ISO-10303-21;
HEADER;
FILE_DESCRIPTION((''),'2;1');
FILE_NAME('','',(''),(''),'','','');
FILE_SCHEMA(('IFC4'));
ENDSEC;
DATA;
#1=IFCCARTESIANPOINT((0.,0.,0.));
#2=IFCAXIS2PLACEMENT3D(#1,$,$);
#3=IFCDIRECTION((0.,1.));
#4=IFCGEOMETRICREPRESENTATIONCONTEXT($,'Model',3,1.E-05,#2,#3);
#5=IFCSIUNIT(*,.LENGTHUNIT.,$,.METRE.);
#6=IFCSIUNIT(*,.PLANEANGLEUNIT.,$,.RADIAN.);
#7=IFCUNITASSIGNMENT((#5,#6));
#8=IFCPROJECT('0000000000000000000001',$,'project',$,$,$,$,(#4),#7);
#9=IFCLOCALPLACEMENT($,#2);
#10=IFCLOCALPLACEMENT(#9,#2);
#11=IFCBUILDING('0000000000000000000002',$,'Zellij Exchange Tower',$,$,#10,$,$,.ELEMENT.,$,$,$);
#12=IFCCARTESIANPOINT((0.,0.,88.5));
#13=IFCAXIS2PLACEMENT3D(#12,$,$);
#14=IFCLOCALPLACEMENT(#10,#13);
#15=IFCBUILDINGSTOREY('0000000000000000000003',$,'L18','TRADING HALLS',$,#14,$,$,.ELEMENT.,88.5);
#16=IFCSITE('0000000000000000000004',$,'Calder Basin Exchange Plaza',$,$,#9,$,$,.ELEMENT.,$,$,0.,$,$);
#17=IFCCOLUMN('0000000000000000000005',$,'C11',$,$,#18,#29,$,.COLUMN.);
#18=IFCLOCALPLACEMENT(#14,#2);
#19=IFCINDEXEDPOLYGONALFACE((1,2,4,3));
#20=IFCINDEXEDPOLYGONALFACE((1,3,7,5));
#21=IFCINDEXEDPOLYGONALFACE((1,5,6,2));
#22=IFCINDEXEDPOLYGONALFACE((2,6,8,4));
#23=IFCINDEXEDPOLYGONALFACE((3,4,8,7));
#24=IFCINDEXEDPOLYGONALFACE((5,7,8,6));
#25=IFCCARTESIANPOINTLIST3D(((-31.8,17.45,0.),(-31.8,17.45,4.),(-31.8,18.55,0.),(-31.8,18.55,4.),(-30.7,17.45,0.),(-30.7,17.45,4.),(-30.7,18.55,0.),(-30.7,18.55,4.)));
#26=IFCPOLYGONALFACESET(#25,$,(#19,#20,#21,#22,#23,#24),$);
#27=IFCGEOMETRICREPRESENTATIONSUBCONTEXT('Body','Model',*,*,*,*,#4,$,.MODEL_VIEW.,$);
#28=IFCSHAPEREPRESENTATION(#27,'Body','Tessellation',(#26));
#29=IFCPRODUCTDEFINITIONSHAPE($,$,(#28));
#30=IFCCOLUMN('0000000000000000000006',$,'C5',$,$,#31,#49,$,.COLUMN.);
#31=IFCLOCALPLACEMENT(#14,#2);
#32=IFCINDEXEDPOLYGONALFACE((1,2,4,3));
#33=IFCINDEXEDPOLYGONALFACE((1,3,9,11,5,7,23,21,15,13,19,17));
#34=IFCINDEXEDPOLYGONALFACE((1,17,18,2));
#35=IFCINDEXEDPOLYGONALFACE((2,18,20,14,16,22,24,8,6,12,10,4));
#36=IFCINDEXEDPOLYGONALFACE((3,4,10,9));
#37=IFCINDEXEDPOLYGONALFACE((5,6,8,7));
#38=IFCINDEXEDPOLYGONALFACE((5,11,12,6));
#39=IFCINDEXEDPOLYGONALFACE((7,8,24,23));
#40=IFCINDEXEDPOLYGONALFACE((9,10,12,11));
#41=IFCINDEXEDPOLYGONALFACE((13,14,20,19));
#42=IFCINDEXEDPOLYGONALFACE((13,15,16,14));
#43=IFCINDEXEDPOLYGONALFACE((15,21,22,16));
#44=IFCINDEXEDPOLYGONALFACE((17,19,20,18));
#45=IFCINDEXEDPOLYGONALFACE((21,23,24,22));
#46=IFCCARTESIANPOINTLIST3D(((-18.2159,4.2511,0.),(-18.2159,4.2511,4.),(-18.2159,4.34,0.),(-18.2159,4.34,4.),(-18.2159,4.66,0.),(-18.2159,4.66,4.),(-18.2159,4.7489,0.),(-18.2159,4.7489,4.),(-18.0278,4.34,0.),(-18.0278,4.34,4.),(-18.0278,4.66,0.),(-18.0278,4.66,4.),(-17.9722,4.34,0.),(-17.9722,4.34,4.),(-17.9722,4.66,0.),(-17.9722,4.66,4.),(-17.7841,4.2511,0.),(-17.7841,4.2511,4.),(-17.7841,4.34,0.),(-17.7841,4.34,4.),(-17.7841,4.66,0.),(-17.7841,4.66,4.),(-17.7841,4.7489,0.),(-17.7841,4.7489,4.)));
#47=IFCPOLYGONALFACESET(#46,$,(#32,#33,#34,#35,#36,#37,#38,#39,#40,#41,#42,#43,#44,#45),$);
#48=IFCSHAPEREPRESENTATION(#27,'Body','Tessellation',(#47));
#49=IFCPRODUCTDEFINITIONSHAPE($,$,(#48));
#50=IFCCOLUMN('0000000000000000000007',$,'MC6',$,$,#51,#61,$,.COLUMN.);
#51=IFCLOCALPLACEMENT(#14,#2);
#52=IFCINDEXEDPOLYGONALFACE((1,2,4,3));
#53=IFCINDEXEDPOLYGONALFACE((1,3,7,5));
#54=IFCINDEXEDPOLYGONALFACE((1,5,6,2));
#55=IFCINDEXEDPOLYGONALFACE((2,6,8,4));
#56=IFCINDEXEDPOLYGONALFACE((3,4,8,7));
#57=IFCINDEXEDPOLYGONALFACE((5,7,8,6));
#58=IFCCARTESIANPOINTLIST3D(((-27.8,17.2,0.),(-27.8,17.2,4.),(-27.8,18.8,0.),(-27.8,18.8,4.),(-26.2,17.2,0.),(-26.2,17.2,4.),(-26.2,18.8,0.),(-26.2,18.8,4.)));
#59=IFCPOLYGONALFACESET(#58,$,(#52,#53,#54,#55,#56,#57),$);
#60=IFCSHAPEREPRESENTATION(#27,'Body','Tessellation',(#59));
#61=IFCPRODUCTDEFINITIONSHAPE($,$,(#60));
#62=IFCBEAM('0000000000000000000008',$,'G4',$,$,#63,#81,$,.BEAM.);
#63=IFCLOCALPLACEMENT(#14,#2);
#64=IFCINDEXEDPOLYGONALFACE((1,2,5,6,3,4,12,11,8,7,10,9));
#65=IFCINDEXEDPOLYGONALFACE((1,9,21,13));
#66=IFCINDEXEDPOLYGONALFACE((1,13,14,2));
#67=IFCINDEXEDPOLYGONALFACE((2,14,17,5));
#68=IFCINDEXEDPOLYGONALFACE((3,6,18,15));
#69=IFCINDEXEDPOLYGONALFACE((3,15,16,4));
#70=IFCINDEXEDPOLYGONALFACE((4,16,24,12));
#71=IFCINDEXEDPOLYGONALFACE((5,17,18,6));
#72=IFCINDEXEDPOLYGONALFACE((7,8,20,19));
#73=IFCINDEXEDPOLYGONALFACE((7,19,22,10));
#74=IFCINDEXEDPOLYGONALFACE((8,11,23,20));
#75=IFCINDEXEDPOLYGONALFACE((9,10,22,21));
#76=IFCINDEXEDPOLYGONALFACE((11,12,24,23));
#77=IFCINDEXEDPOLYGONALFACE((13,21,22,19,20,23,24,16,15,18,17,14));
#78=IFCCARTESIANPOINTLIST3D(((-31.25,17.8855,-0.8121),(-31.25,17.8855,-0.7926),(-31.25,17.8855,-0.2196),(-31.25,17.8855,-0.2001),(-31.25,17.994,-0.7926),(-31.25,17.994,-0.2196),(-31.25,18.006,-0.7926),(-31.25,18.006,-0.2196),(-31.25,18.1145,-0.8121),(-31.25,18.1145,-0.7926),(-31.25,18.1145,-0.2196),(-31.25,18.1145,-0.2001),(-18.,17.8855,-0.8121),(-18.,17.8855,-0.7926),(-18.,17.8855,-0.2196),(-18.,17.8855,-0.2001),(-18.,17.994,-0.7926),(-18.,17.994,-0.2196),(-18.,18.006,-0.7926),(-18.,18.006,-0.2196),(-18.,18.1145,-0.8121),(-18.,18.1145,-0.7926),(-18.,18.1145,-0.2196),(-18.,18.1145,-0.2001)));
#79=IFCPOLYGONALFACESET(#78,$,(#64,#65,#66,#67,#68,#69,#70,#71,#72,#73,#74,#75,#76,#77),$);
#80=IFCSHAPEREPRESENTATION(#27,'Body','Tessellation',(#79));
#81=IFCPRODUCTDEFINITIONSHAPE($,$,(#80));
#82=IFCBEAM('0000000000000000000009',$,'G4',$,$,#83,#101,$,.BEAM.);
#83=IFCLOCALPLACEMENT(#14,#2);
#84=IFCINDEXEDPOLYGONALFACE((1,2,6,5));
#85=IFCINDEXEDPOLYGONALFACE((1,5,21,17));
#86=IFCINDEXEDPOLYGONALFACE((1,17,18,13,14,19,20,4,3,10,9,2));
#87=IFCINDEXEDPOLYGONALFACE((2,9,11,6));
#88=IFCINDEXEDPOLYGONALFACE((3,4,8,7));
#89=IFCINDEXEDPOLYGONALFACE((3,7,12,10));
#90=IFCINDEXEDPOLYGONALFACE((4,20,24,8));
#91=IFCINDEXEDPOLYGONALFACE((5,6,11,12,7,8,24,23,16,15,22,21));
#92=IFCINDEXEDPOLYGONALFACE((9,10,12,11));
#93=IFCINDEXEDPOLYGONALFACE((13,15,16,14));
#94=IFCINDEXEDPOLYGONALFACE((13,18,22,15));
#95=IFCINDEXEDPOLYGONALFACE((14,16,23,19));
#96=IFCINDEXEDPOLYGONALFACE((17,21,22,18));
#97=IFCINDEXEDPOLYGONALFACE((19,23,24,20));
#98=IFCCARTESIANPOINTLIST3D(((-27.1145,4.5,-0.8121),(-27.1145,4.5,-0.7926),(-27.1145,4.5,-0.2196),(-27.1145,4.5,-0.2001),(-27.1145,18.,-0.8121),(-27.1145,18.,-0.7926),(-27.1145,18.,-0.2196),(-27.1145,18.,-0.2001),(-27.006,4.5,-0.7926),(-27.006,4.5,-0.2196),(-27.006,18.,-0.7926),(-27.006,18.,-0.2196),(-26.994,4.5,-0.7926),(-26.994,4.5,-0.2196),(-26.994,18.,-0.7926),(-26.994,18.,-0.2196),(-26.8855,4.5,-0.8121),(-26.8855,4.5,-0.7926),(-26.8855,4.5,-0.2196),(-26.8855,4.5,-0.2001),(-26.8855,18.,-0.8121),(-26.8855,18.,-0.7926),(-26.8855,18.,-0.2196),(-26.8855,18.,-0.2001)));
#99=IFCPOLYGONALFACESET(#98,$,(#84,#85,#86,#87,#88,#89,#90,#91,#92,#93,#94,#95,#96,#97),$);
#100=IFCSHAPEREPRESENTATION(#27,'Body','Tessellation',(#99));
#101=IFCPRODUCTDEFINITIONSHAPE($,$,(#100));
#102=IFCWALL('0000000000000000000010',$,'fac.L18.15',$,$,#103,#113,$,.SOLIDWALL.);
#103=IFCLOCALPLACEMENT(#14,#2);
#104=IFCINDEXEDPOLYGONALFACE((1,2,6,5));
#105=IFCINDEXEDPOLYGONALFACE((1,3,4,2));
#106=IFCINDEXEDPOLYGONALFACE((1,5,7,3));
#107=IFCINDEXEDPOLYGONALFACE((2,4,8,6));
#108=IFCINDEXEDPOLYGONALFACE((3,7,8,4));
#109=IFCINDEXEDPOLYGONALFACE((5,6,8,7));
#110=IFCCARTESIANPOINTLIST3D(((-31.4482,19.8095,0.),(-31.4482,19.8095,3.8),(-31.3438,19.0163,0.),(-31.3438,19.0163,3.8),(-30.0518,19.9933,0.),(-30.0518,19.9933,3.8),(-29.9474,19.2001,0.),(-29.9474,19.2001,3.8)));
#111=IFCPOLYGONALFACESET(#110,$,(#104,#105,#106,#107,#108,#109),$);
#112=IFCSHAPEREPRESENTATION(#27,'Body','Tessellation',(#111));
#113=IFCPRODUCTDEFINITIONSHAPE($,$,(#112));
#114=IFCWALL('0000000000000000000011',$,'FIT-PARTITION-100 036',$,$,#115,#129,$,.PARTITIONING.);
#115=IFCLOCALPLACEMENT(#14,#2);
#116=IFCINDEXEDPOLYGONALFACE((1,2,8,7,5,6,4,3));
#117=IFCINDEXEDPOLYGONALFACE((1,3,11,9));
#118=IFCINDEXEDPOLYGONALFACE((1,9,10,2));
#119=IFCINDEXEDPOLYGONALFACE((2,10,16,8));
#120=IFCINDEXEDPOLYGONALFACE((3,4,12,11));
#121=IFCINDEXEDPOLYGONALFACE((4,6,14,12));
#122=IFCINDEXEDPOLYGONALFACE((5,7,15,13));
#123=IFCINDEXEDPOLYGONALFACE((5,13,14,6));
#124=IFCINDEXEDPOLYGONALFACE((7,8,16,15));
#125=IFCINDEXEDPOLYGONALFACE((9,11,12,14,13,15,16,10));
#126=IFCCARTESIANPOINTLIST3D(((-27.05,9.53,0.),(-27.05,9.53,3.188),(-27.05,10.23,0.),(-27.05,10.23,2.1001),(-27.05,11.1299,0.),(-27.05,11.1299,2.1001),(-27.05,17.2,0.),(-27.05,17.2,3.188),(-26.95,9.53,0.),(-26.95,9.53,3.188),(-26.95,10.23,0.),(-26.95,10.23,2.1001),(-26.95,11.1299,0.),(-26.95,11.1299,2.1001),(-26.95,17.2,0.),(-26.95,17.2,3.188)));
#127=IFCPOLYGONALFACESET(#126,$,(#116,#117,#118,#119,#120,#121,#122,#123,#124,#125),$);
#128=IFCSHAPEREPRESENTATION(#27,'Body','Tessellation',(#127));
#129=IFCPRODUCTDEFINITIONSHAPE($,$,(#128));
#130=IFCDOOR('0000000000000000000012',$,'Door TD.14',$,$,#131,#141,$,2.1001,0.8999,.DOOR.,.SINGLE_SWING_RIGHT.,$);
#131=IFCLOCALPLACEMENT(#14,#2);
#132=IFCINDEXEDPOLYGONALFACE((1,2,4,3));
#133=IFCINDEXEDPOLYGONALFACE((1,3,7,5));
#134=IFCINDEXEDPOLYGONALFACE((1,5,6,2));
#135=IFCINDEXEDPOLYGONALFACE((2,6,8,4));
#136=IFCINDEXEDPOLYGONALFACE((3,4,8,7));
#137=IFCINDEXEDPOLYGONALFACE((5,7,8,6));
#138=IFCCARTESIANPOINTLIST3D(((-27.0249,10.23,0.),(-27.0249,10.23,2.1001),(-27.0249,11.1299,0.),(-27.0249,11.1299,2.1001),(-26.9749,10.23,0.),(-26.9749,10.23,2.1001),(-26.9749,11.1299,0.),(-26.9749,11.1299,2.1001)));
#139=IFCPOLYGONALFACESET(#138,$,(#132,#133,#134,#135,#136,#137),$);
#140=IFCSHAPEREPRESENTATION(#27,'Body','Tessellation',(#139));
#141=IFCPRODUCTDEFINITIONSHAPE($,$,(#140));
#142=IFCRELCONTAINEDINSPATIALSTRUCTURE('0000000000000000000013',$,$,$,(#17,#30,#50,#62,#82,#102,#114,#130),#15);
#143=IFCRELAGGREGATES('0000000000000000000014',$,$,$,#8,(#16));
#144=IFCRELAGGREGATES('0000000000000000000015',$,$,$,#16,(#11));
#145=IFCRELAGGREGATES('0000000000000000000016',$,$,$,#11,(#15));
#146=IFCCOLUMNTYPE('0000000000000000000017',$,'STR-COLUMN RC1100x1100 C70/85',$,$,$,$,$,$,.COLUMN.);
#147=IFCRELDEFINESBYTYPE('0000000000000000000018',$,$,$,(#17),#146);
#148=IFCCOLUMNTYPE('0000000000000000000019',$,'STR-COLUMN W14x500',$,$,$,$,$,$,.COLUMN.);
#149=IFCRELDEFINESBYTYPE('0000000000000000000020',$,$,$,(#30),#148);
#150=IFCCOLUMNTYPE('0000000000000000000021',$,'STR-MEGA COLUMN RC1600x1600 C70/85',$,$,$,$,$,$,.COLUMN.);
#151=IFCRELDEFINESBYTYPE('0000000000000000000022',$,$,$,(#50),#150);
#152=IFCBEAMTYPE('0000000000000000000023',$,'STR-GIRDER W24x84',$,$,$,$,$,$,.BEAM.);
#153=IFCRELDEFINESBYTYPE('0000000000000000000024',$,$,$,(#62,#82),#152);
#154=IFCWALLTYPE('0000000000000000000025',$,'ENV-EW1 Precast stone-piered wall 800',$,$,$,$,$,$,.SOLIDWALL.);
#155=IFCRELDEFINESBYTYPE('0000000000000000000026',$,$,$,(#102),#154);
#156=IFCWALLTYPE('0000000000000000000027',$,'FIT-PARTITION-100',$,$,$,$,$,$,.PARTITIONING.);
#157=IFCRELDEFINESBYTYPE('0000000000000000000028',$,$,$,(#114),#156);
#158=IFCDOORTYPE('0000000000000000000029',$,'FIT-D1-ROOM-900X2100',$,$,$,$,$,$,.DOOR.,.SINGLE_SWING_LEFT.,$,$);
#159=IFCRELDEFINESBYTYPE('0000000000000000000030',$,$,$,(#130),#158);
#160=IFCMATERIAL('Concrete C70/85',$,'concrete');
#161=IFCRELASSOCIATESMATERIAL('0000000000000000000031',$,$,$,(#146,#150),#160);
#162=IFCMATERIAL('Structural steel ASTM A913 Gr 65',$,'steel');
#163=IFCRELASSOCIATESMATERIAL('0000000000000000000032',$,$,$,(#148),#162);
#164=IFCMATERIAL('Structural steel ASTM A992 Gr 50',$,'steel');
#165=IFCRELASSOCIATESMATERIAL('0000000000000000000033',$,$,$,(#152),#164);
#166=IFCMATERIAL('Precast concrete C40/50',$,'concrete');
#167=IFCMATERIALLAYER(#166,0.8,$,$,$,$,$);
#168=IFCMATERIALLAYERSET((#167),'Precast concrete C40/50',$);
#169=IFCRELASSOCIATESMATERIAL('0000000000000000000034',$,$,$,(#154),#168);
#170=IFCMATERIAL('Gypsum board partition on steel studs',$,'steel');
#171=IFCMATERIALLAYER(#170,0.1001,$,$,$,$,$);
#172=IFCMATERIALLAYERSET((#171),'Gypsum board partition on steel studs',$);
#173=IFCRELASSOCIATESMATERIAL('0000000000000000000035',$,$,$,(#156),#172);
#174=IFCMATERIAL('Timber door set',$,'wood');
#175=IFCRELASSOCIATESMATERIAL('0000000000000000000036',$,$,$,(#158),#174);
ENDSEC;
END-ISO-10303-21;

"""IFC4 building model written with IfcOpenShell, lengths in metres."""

from ifc_helpers import new_model, si_unit, direction, frame, frame_2d, origin, origin_2d, place, context, subcontext, project, spatial, rectangle, i_section, extrude, material, layer, layer_set, material_profile, profile_set, type_object, element, fill, save


model = new_model("IFC4")

# Units and contexts
model_context = context("Model", 3, precision=1e-05, world=origin(), true_north=direction((0.0, 1.0)))
body_context = subcontext(model_context, "Body", "Model", "MODEL_VIEW")
ifc_project = project(units=[si_unit("LENGTHUNIT", "METRE"), si_unit("PLANEANGLEUNIT", "RADIAN")], contexts=[model_context])

# Site, building, storey
site_placement = place(None, origin())
site = spatial("IfcSite", under=ifc_project, at=site_placement, Name="Calder Basin Exchange Plaza", CompositionType="ELEMENT", RefElevation=0.0)
building_placement = place(site_placement, origin())
building = spatial("IfcBuilding", under=site, at=building_placement, Name="Zellij Exchange Tower", CompositionType="ELEMENT")
storey_placement = place(building_placement, frame((0.0, 0.0, 88.5)))
storey = spatial("IfcBuildingStorey", under=building, at=storey_placement, Name="L18", Description="TRADING HALLS", CompositionType="ELEMENT", Elevation=88.5)

# Columns
ifc_material_1 = material(Name="Concrete C70/85", Category="concrete")
ifc_material_profile_1 = material_profile(ifc_material_1, rectangle(XDim=1.1001, YDim=1.1001, at=origin_2d()), Name="STR-COLUMN RC1100x1100 C70/85")
ifc_profile_set_1 = profile_set([ifc_material_profile_1], Name="Concrete C70/85")
column_type_1 = type_object("IfcColumnType", Name="STR-COLUMN RC1100x1100 C70/85", PredefinedType="COLUMN", material=ifc_profile_set_1)
column_1_placement = place(storey_placement, frame((-31.25, 18.0, 0.0), z_axis=(0.0, 0.0, 1.0), x_axis=(1.0, 0.0, 0.0)))
element("IfcColumn", 1, at=column_1_placement, inside=storey, type_object=column_type_1, Name="C11", PredefinedType="COLUMN", context=body_context, shape_type="SweptSolid", body=[
    extrude(rectangle(XDim=1.1001, YDim=1.1001, at=origin_2d()), origin(), (0.0, 0.0, 1.0), 4.0),
])
ifc_material_2 = material(Name="Structural steel ASTM A913 Gr 65", Category="steel")
ifc_material_profile_2 = material_profile(ifc_material_2, i_section(OverallWidth=0.4319, OverallDepth=0.4978, WebThickness=0.0557, FlangeThickness=0.0889, at=origin_2d()), Name="W14x500")
ifc_profile_set_2 = profile_set([ifc_material_profile_2], Name="Structural steel ASTM A913 Gr 65")
column_type_2 = type_object("IfcColumnType", Name="STR-COLUMN W14x500", PredefinedType="COLUMN", material=ifc_profile_set_2)
column_2_placement = place(storey_placement, frame((-18.0, 4.5, 0.0), z_axis=(0.0, 0.0, 1.0), x_axis=(1.0, 0.0, 0.0)))
element("IfcColumn", 2, at=column_2_placement, inside=storey, type_object=column_type_2, Name="C5", PredefinedType="COLUMN", context=body_context, shape_type="SweptSolid", body=[
    extrude(i_section(OverallWidth=0.4319, OverallDepth=0.4978, WebThickness=0.0557, FlangeThickness=0.0889, at=origin_2d()), origin(), (0.0, 0.0, 1.0), 4.0),
])
ifc_material_profile_3 = material_profile(ifc_material_1, rectangle(XDim=1.6001, YDim=1.6001, at=origin_2d()), Name="STR-MEGA COLUMN RC1600x1600 C70/85")
ifc_profile_set_3 = profile_set([ifc_material_profile_3], Name="Concrete C70/85")
column_type_3 = type_object("IfcColumnType", Name="STR-MEGA COLUMN RC1600x1600 C70/85", PredefinedType="COLUMN", material=ifc_profile_set_3)
column_3_placement = place(storey_placement, frame((-27.0, 18.0, 0.0), z_axis=(0.0, 0.0, 1.0), x_axis=(1.0, 0.0, 0.0)))
element("IfcColumn", 3, at=column_3_placement, inside=storey, type_object=column_type_3, Name="MC6", PredefinedType="COLUMN", context=body_context, shape_type="SweptSolid", body=[
    extrude(rectangle(XDim=1.6001, YDim=1.6001, at=origin_2d()), origin(), (0.0, 0.0, 1.0), 4.0),
])

# Beams
ifc_material_3 = material(Name="Structural steel ASTM A992 Gr 50", Category="steel")
ifc_material_profile_4 = material_profile(ifc_material_3, i_section(OverallWidth=0.229, OverallDepth=0.6121, WebThickness=0.012, FlangeThickness=0.0195, at=origin_2d()), Name="W24x84")
ifc_profile_set_4 = profile_set([ifc_material_profile_4], Name="Structural steel ASTM A992 Gr 50")
beam_type = type_object("IfcBeamType", Name="STR-GIRDER W24x84", PredefinedType="BEAM", material=ifc_profile_set_4)
beam_1_placement = place(storey_placement, frame((-31.25, 18.0, -0.5061), z_axis=(1.0, 0.0, 0.0), x_axis=(0.0, 1.0, 0.0)))
element("IfcBeam", 4, at=beam_1_placement, inside=storey, type_object=beam_type, Name="G4", PredefinedType="BEAM", context=body_context, shape_type="SweptSolid", body=[
    extrude(i_section(OverallWidth=0.229, OverallDepth=0.6121, WebThickness=0.012, FlangeThickness=0.0195, at=origin_2d()), origin(), (0.0, 0.0, 1.0), 13.25),
])
beam_2_placement = place(storey_placement, frame((-27.0, 4.5, -0.5061), z_axis=(0.0, 1.0, 0.0), x_axis=(-1.0, 0.0, 0.0)))
element("IfcBeam", 5, at=beam_2_placement, inside=storey, type_object=beam_type, Name="G4", PredefinedType="BEAM", context=body_context, shape_type="SweptSolid", body=[
    extrude(i_section(OverallWidth=0.229, OverallDepth=0.6121, WebThickness=0.012, FlangeThickness=0.0195, at=origin_2d()), origin(), (0.0, 0.0, 1.0), 13.5),
])

# Wall
ifc_material_4 = material(Name="Precast concrete C40/50", Category="concrete")
ifc_layer_1 = layer(ifc_material_4, 0.8)
ifc_layer_set_1 = layer_set([ifc_layer_1], Name="Precast concrete C40/50")
wall_type_1 = type_object("IfcWallType", Name="ENV-EW1 Precast stone-piered wall 800", PredefinedType="SOLIDWALL", material=ifc_layer_set_1)
wall_1_placement = place(storey_placement, frame((-29.9998, 19.5967, 0.0), z_axis=(0.0, 0.0, 1.0), x_axis=(-0.991446, -0.130517, 0.0)))
element("IfcWall", 6, at=wall_1_placement, inside=storey, type_object=wall_type_1, Name="fac.L18.15", PredefinedType="SOLIDWALL", context=body_context, shape_type="SweptSolid", body=[
    extrude(rectangle(XDim=1.4084, YDim=0.8, at=frame_2d((0.7041, 0.0))), origin(), (0.0, 0.0, 1.0), 3.8),
])

# Wall, opening, door
ifc_material_5 = material(Name="Gypsum board partition on steel studs", Category="steel")
ifc_layer_2 = layer(ifc_material_5, 0.1001)
ifc_layer_set_2 = layer_set([ifc_layer_2], Name="Gypsum board partition on steel studs")
wall_type_2 = type_object("IfcWallType", Name="FIT-PARTITION-100", PredefinedType="PARTITIONING", material=ifc_layer_set_2)
wall_2_placement = place(storey_placement, frame((-27.0, 9.53, 0.0), z_axis=(0.0, 0.0, 1.0), x_axis=(0.0, 1.0, 0.0)))
wall_2 = element("IfcWall", 7, at=wall_2_placement, inside=storey, type_object=wall_type_2, Name="FIT-PARTITION-100 036", PredefinedType="PARTITIONING", context=body_context, shape_type="SweptSolid", body=[
    extrude(rectangle(XDim=7.6699, YDim=0.1001, at=frame_2d((3.835, 0.0))), origin(), (0.0, 0.0, 1.0), 3.188),
])
opening_1_placement = place(wall_2_placement, frame((0.7, 0.0, 0.0)))
opening_1 = element("IfcOpeningElement", 8, at=opening_1_placement, cuts=wall_2, PredefinedType="OPENING", context=body_context, shape_type="SweptSolid", body=[
    extrude(rectangle(XDim=0.8999, YDim=2.1001, at=frame_2d((0.45, 1.05))), frame((0.0, 0.062, 0.0), z_axis=(0.0, -1.0, 0.0), x_axis=(1.0, 0.0, 0.0)), (0.0, 0.0, 1.0), 0.124),
])
ifc_material_6 = material(Name="Timber door set", Category="wood")
door_type_1 = type_object("IfcDoorType", Name="FIT-D1-ROOM-900X2100", OperationType="SINGLE_SWING_LEFT", PredefinedType="DOOR", material=ifc_material_6)
door_1_placement = place(opening_1_placement, origin())
door_1 = element("IfcDoor", 9, at=door_1_placement, inside=storey, type_object=door_type_1, Name="Door TD.14", OperationType="SINGLE_SWING_RIGHT", OverallHeight=2.1001, OverallWidth=0.8999, PredefinedType="DOOR", context=body_context, shape_type="SweptSolid", body=[
    extrude(rectangle(XDim=0.8999, YDim=2.1001, at=frame_2d((0.45, 1.05))), frame((0.0, 0.0249, 0.0), z_axis=(0.0, -1.0, 0.0), x_axis=(1.0, 0.0, 0.0)), (0.0, 0.0, 1.0), 0.05),
])
fill(opening_1, door_1)

save(model, "model.ifc")
